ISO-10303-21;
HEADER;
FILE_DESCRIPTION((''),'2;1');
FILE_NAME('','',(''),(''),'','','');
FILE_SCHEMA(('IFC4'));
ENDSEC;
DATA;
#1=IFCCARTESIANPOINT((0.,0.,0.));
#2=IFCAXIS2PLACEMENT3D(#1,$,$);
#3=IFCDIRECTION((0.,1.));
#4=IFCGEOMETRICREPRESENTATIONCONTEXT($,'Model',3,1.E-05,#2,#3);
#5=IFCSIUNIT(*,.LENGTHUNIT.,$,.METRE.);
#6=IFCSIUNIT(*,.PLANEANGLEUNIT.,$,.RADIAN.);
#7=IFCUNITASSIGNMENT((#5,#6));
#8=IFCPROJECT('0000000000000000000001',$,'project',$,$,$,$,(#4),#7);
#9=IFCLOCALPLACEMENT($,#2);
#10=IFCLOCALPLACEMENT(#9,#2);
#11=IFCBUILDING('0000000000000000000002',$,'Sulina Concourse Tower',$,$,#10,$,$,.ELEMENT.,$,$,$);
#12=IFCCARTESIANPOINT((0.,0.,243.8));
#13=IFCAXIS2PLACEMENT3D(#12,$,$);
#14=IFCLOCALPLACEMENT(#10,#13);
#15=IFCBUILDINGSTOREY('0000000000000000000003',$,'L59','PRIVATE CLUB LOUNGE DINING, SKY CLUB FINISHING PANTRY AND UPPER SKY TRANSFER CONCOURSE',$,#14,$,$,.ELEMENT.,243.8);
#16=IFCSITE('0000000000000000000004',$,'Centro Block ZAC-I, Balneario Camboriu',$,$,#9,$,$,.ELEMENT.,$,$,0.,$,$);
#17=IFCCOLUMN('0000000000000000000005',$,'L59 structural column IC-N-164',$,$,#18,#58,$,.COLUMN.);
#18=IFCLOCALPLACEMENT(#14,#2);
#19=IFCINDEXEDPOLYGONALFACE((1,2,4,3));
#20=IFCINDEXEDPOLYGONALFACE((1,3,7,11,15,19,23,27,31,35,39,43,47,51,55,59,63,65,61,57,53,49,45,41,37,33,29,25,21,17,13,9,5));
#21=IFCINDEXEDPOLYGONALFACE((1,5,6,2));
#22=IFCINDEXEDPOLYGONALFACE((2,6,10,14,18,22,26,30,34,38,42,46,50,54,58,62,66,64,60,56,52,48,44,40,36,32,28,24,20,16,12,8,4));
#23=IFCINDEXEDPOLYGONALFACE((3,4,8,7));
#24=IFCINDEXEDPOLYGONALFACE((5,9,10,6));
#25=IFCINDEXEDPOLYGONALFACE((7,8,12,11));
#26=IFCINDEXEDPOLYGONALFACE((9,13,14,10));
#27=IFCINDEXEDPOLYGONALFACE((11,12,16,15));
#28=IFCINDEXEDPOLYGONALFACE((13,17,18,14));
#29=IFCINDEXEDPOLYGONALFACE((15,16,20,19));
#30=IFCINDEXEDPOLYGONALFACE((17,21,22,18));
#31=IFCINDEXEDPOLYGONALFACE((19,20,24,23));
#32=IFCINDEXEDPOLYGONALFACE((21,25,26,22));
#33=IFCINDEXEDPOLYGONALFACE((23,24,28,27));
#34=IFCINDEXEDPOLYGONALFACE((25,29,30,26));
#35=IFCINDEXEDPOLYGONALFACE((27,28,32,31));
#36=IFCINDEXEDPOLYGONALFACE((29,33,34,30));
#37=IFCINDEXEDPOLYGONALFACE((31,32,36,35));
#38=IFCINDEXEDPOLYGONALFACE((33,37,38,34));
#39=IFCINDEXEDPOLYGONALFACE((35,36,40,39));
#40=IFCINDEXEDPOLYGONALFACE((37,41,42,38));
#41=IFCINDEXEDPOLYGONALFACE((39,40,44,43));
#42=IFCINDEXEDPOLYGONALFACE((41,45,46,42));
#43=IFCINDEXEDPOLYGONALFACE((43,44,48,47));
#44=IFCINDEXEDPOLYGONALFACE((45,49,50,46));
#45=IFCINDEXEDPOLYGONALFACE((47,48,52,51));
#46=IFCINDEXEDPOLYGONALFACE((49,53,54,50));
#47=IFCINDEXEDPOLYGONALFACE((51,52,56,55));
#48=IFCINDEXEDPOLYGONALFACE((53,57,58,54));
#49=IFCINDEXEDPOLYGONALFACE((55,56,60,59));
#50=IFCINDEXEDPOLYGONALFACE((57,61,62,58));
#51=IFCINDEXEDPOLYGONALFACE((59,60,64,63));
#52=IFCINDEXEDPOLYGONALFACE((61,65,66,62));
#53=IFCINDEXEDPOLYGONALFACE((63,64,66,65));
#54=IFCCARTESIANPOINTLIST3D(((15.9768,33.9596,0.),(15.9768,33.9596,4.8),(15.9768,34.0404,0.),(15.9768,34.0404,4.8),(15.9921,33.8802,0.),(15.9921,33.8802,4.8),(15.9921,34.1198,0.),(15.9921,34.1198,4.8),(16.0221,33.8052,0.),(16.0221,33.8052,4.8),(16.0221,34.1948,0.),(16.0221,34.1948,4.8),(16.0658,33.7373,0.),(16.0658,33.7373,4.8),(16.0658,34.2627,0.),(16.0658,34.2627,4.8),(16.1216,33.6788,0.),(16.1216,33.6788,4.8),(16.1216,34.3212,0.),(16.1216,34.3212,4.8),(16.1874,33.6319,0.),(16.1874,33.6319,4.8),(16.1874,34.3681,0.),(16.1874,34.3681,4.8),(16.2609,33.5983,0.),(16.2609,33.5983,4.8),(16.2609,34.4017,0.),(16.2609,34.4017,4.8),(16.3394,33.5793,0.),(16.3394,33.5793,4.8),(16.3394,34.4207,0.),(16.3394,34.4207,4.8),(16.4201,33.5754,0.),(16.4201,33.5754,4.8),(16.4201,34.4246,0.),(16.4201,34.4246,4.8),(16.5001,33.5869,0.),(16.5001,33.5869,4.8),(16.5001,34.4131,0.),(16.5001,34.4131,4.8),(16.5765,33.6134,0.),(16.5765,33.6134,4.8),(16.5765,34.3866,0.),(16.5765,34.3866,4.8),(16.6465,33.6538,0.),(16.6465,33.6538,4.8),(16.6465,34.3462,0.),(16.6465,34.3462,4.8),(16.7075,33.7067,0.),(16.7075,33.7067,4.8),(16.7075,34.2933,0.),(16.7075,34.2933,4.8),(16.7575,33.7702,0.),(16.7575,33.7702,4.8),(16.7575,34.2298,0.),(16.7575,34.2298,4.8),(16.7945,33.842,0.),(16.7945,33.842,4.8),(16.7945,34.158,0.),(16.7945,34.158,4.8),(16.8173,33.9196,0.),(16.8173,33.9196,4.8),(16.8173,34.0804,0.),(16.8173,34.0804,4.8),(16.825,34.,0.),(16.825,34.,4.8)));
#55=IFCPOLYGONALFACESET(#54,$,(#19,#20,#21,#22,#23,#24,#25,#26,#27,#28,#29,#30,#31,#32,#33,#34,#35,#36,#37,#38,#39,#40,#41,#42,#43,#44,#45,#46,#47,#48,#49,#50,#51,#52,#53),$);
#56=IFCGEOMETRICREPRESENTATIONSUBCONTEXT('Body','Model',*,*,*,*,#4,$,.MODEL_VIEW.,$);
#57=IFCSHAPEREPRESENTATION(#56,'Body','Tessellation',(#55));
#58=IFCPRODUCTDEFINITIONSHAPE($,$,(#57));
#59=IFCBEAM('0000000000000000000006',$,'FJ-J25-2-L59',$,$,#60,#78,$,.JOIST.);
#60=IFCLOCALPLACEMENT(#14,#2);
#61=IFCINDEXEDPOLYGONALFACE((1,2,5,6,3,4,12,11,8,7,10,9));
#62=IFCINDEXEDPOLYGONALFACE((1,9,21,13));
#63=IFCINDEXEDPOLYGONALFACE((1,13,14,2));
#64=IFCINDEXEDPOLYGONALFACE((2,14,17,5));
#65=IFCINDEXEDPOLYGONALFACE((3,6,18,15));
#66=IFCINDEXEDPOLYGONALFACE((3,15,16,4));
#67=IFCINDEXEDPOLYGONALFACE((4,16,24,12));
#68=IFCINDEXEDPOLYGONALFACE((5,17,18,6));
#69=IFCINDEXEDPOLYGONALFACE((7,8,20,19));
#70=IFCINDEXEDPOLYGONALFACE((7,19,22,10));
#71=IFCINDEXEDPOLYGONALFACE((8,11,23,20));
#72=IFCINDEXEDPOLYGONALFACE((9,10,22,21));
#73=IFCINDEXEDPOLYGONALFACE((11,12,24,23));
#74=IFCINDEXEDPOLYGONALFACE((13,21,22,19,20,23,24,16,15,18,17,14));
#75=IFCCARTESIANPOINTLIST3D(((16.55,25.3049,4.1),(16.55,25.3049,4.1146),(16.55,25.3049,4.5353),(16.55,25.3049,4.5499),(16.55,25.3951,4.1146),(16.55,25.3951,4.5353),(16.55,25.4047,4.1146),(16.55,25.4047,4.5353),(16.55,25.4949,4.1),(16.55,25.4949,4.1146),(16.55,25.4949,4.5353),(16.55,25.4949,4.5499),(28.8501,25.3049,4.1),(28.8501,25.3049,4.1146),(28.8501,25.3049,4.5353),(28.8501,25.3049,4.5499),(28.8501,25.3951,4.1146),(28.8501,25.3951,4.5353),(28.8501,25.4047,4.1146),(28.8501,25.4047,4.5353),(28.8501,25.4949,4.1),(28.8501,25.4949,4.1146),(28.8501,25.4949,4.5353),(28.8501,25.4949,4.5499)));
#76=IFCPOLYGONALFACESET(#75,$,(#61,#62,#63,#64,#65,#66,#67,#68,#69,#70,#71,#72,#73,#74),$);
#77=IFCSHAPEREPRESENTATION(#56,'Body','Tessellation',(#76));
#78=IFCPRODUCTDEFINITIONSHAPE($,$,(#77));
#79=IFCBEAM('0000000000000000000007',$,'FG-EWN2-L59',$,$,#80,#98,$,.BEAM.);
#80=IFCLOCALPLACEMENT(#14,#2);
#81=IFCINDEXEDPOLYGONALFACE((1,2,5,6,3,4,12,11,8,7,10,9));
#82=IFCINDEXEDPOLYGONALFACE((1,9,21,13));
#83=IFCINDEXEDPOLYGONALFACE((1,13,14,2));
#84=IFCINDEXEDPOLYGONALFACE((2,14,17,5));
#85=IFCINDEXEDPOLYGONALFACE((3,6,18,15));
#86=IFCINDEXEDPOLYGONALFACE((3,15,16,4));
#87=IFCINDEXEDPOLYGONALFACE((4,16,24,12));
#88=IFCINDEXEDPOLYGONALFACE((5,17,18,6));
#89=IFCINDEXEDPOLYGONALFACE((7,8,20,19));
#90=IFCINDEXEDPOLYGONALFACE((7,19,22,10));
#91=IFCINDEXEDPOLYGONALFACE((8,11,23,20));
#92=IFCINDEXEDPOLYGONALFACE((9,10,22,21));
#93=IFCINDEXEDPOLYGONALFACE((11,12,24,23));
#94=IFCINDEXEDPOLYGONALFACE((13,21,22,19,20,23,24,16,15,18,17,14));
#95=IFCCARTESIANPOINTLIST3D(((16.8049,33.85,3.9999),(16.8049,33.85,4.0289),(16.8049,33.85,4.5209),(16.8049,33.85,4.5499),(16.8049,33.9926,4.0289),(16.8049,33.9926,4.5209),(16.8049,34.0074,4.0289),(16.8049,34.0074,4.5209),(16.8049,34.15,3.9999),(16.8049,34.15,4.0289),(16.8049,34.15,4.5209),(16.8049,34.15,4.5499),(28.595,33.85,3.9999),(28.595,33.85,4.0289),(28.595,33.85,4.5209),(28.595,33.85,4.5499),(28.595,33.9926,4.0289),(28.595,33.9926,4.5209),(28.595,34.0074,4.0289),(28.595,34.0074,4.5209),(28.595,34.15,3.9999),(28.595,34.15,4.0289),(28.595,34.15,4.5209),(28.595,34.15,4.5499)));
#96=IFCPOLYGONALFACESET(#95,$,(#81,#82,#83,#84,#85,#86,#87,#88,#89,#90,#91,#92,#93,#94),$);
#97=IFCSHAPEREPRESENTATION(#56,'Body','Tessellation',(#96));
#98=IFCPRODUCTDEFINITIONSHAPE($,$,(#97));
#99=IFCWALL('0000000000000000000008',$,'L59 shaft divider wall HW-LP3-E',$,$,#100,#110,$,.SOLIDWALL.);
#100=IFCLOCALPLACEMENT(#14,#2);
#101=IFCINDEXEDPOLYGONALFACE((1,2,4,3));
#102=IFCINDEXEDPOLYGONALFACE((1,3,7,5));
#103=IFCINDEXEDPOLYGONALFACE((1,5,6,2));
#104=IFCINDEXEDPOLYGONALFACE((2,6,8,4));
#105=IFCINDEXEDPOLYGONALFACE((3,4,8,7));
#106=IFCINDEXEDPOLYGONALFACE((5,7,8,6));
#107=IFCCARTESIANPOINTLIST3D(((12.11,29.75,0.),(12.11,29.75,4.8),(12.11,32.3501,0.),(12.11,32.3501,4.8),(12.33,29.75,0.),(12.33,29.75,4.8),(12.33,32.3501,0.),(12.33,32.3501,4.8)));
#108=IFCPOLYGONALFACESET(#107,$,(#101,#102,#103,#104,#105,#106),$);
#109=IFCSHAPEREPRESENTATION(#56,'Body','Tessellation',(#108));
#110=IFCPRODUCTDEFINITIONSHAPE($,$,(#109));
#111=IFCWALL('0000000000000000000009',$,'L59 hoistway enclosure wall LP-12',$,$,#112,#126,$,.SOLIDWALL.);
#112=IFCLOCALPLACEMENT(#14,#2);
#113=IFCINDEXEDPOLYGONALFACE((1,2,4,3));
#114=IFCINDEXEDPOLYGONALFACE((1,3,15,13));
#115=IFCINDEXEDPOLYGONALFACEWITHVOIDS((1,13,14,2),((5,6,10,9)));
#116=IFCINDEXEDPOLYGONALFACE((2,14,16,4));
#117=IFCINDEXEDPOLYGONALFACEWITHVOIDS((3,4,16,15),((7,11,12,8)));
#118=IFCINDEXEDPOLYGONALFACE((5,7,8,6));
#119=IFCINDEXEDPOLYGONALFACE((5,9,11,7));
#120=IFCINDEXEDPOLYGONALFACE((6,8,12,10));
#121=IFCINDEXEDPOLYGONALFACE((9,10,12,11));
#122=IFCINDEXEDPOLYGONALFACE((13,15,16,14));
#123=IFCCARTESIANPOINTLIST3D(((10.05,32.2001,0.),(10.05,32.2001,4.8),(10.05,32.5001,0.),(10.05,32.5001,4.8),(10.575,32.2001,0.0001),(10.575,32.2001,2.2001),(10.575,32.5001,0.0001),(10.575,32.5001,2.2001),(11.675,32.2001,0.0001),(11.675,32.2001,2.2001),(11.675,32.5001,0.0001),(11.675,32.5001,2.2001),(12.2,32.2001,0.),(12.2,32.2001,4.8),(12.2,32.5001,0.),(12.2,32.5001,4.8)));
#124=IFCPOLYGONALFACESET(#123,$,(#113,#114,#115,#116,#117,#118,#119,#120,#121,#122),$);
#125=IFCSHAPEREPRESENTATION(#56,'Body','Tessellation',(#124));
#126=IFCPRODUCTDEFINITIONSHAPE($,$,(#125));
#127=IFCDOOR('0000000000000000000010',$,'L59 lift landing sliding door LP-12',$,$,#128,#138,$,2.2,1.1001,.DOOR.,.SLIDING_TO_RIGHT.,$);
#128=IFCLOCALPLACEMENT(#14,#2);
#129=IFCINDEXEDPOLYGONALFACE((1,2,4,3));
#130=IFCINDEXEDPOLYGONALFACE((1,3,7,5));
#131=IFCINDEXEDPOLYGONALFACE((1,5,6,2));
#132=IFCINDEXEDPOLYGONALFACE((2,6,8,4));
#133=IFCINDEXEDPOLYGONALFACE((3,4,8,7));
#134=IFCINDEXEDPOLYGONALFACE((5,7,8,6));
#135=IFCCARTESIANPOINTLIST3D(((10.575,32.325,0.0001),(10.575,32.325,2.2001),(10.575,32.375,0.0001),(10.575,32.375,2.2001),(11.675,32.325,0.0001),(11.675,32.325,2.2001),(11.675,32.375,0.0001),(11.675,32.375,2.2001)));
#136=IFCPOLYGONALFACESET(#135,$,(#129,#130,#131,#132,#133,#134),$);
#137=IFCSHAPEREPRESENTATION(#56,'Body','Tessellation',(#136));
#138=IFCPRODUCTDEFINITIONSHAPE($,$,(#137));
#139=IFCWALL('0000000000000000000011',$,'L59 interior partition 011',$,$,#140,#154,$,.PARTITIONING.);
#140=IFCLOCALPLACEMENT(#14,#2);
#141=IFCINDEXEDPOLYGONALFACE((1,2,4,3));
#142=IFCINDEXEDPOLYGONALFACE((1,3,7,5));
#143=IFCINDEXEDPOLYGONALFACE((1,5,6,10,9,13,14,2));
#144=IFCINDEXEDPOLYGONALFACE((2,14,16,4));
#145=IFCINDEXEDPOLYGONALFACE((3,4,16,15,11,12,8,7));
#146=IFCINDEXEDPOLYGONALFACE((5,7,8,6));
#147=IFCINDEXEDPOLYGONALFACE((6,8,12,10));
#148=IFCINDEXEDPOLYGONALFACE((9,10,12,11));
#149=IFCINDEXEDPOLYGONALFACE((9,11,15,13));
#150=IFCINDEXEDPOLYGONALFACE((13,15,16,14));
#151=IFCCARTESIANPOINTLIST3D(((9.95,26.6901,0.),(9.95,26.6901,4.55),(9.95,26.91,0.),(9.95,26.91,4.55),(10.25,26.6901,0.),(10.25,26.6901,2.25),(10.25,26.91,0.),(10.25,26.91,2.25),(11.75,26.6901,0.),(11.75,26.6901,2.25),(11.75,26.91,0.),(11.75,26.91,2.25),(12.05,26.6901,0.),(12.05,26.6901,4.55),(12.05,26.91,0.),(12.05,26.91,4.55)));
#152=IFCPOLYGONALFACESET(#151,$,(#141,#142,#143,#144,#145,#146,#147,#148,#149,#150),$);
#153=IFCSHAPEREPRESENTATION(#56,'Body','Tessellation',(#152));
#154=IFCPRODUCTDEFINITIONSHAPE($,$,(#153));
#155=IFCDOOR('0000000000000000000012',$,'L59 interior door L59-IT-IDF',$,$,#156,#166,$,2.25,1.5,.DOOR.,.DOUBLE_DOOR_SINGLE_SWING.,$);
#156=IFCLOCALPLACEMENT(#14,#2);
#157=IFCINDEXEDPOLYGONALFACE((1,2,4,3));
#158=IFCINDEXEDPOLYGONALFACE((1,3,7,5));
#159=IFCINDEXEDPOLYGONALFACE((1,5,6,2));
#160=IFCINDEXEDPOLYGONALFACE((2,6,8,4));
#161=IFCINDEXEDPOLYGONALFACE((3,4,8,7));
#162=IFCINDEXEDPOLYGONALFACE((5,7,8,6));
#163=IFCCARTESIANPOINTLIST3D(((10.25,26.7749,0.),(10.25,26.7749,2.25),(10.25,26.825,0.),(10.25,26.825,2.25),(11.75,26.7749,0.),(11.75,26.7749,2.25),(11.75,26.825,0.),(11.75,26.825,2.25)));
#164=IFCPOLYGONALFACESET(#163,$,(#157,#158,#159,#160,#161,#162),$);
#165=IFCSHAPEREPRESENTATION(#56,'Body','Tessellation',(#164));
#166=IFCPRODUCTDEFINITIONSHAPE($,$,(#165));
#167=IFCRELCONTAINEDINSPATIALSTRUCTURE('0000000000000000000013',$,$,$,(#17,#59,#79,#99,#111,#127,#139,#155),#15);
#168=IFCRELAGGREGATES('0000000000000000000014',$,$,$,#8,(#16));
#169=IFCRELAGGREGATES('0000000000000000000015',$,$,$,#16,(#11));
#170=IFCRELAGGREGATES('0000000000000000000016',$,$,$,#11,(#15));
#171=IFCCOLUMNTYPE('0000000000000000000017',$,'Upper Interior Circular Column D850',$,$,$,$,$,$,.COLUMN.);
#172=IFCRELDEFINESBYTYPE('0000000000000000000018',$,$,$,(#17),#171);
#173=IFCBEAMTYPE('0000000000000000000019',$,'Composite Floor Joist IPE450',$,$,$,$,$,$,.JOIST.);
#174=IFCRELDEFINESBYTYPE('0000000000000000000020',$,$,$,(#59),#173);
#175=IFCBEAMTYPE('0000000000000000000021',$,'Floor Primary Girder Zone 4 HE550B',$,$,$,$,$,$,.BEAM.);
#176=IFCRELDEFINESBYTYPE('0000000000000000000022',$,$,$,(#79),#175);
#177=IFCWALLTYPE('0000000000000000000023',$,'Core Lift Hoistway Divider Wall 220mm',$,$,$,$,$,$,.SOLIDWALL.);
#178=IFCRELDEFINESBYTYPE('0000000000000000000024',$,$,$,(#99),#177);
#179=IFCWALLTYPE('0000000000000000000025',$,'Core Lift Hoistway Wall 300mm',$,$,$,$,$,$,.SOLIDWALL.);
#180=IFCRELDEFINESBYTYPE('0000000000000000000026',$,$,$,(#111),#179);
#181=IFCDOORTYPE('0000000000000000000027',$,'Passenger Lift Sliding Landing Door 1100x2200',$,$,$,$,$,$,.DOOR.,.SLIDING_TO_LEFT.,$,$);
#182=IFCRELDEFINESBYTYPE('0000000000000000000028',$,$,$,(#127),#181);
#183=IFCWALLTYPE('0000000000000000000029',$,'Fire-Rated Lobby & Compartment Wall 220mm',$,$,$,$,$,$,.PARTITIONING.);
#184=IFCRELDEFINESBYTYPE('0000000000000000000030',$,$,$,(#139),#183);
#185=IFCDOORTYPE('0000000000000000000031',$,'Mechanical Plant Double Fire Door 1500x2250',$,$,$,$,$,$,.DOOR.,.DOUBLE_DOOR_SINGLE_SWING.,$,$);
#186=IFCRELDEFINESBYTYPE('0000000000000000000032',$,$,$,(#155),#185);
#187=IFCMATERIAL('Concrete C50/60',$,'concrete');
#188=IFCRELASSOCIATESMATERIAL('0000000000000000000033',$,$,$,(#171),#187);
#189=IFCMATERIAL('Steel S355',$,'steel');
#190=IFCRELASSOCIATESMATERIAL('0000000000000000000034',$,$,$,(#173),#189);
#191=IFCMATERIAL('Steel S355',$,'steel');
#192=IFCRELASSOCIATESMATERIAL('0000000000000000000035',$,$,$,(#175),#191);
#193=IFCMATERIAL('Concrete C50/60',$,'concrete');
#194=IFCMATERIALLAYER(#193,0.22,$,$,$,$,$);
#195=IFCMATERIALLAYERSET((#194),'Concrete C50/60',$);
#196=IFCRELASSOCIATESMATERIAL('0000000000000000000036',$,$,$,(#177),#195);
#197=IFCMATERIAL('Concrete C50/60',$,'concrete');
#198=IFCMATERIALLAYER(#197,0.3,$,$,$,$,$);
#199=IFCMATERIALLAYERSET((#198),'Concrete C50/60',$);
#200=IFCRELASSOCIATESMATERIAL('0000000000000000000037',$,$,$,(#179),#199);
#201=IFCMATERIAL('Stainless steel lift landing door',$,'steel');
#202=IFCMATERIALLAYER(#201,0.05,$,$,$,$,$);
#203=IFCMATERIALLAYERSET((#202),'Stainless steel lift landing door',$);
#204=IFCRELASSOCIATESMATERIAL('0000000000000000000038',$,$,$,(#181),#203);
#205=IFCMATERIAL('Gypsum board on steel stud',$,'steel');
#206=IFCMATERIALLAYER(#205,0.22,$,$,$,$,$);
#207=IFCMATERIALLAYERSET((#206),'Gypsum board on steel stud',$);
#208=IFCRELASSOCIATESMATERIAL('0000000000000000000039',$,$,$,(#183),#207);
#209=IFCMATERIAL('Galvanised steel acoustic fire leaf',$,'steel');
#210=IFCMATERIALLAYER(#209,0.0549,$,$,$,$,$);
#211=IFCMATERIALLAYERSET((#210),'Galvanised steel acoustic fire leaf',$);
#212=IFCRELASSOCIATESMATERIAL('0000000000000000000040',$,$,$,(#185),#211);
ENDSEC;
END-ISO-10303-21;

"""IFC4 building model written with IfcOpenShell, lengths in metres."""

from ifc_helpers import new_model, si_unit, direction, frame, frame_2d, origin, origin_2d, place, context, subcontext, project, spatial, rectangle, circle, i_section, extrude, material, layer, layer_set, material_profile, profile_set, type_object, element, fill, save


model = new_model("IFC4")

# Units and contexts
model_context = context("Model", 3, precision=1e-05, world=origin(), true_north=direction((0.0, 1.0)))
body_context = subcontext(model_context, "Body", "Model", "MODEL_VIEW")
ifc_project = project(units=[si_unit("LENGTHUNIT", "METRE"), si_unit("PLANEANGLEUNIT", "RADIAN")], contexts=[model_context])

# Site, building, storey
site_placement = place(None, origin())
site = spatial("IfcSite", under=ifc_project, at=site_placement, Name="Centro Block ZAC-I, Balneario Camboriu", CompositionType="ELEMENT", RefElevation=0.0)
building_placement = place(site_placement, origin())
building = spatial("IfcBuilding", under=site, at=building_placement, Name="Sulina Concourse Tower", CompositionType="ELEMENT")
storey_placement = place(building_placement, frame((0.0, 0.0, 243.8)))
storey = spatial("IfcBuildingStorey", under=building, at=storey_placement, Name="L59", Description="PRIVATE CLUB LOUNGE DINING, SKY CLUB FINISHING PANTRY AND UPPER SKY TRANSFER CONCOURSE", CompositionType="ELEMENT", Elevation=243.8)

# Column
ifc_material_1 = material(Name="Concrete C50/60", Category="concrete")
ifc_material_profile_1 = material_profile(ifc_material_1, circle(Radius=0.425, at=origin_2d()), Name="RC D850")
ifc_profile_set_1 = profile_set([ifc_material_profile_1], Name="Concrete C50/60")
column_type = type_object("IfcColumnType", Name="Upper Interior Circular Column D850", PredefinedType="COLUMN", material=ifc_profile_set_1)
column_placement = place(storey_placement, frame((16.3999, 34.0, 0.0), z_axis=(0.0, 0.0, 1.0), x_axis=(1.0, 0.0, 0.0)))
element("IfcColumn", 1, at=column_placement, inside=storey, type_object=column_type, Name="L59 structural column IC-N-164", PredefinedType="COLUMN", context=body_context, shape_type="SweptSolid", body=[
    extrude(circle(Radius=0.425, at=origin_2d()), origin(), (0.0, 0.0, 1.0), 4.8),
])

# Beams
ifc_material_2 = material(Name="Steel S355", Category="steel")
ifc_material_profile_2 = material_profile(ifc_material_2, i_section(OverallWidth=0.1899, OverallDepth=0.45, WebThickness=0.0095, FlangeThickness=0.0146, at=origin_2d()), Name="IPE 450")
ifc_profile_set_2 = profile_set([ifc_material_profile_2], Name="Steel S355")
beam_type_1 = type_object("IfcBeamType", Name="Composite Floor Joist IPE450", PredefinedType="JOIST", material=ifc_profile_set_2)
beam_1_placement = place(storey_placement, frame((16.55, 25.3999, 4.325), z_axis=(1.0, 0.0, 0.0), x_axis=(0.0, 1.0, 0.0)))
element("IfcBeam", 2, at=beam_1_placement, inside=storey, type_object=beam_type_1, Name="FJ-J25-2-L59", PredefinedType="JOIST", context=body_context, shape_type="SweptSolid", body=[
    extrude(i_section(OverallWidth=0.1899, OverallDepth=0.45, WebThickness=0.0095, FlangeThickness=0.0146, at=origin_2d()), origin(), (0.0, 0.0, 1.0), 12.3),
])
ifc_material_3 = material(Name="Steel S355", Category="steel")
ifc_material_profile_3 = material_profile(ifc_material_3, i_section(OverallWidth=0.3, OverallDepth=0.55, WebThickness=0.0149, FlangeThickness=0.0291, at=origin_2d()), Name="HE 550 B")
ifc_profile_set_3 = profile_set([ifc_material_profile_3], Name="Steel S355")
beam_type_2 = type_object("IfcBeamType", Name="Floor Primary Girder Zone 4 HE550B", PredefinedType="BEAM", material=ifc_profile_set_3)
beam_2_placement = place(storey_placement, frame((16.8049, 34.0, 4.2749), z_axis=(1.0, 0.0, 0.0), x_axis=(0.0, 1.0, 0.0)))
element("IfcBeam", 3, at=beam_2_placement, inside=storey, type_object=beam_type_2, Name="FG-EWN2-L59", PredefinedType="BEAM", context=body_context, shape_type="SweptSolid", body=[
    extrude(i_section(OverallWidth=0.3, OverallDepth=0.55, WebThickness=0.0149, FlangeThickness=0.0291, at=origin_2d()), origin(), (0.0, 0.0, 1.0), 11.79),
])

# Wall
ifc_material_4 = material(Name="Concrete C50/60", Category="concrete")
ifc_layer_1 = layer(ifc_material_4, 0.22)
ifc_layer_set_1 = layer_set([ifc_layer_1], Name="Concrete C50/60")
wall_type_1 = type_object("IfcWallType", Name="Core Lift Hoistway Divider Wall 220mm", PredefinedType="SOLIDWALL", material=ifc_layer_set_1)
wall_1_placement = place(storey_placement, frame((12.22, 29.75, 0.0), z_axis=(0.0, 0.0, 1.0), x_axis=(0.0, 1.0, 0.0)))
element("IfcWall", 4, at=wall_1_placement, inside=storey, type_object=wall_type_1, Name="L59 shaft divider wall HW-LP3-E", PredefinedType="SOLIDWALL", context=body_context, shape_type="SweptSolid", body=[
    extrude(rectangle(XDim=2.6001, YDim=0.22, at=frame_2d((1.3, 0.0))), origin(), (0.0, 0.0, 1.0), 4.8),
])

# Walls, openings, doors
ifc_material_5 = material(Name="Concrete C50/60", Category="concrete")
ifc_layer_2 = layer(ifc_material_5, 0.3)
ifc_layer_set_2 = layer_set([ifc_layer_2], Name="Concrete C50/60")
wall_type_2 = type_object("IfcWallType", Name="Core Lift Hoistway Wall 300mm", PredefinedType="SOLIDWALL", material=ifc_layer_set_2)
wall_2_placement = place(storey_placement, frame((10.05, 32.3501, 0.0), z_axis=(0.0, 0.0, 1.0), x_axis=(1.0, 0.0, 0.0)))
wall_2 = element("IfcWall", 5, at=wall_2_placement, inside=storey, type_object=wall_type_2, Name="L59 hoistway enclosure wall LP-12", PredefinedType="SOLIDWALL", context=body_context, shape_type="SweptSolid", body=[
    extrude(rectangle(XDim=2.1499, YDim=0.3, at=frame_2d((1.075, 0.0))), origin(), (0.0, 0.0, 1.0), 4.8),
])
opening_1_placement = place(wall_2_placement, frame((0.5249, 0.0, 0.0)))
opening_1 = element("IfcOpeningElement", 6, at=opening_1_placement, cuts=wall_2, PredefinedType="OPENING", context=body_context, shape_type="SweptSolid", body=[
    extrude(rectangle(XDim=1.1001, YDim=2.2, at=frame_2d((0.55, 1.1001))), frame((0.0, 0.1599, 0.0), z_axis=(0.0, -1.0, 0.0), x_axis=(1.0, 0.0, 0.0)), (0.0, 0.0, 1.0), 0.3201),
])
ifc_material_6 = material(Name="Stainless steel lift landing door", Category="steel")
ifc_layer_3 = layer(ifc_material_6, 0.05)
ifc_layer_set_3 = layer_set([ifc_layer_3], Name="Stainless steel lift landing door")
door_type_1 = type_object("IfcDoorType", Name="Passenger Lift Sliding Landing Door 1100x2200", OperationType="SLIDING_TO_LEFT", PredefinedType="DOOR", material=ifc_layer_set_3)
door_1_placement = place(opening_1_placement, origin())
door_1 = element("IfcDoor", 7, at=door_1_placement, inside=storey, type_object=door_type_1, Name="L59 lift landing sliding door LP-12", OperationType="SLIDING_TO_RIGHT", OverallHeight=2.2, OverallWidth=1.1001, PredefinedType="DOOR", context=body_context, shape_type="SweptSolid", body=[
    extrude(rectangle(XDim=1.1001, YDim=2.2, at=frame_2d((0.55, 1.1001))), frame((0.0, 0.0249, 0.0), z_axis=(0.0, -1.0, 0.0), x_axis=(1.0, 0.0, 0.0)), (0.0, 0.0, 1.0), 0.05),
])
fill(opening_1, door_1)
ifc_material_7 = material(Name="Gypsum board on steel stud", Category="steel")
ifc_layer_4 = layer(ifc_material_7, 0.22)
ifc_layer_set_4 = layer_set([ifc_layer_4], Name="Gypsum board on steel stud")
wall_type_3 = type_object("IfcWallType", Name="Fire-Rated Lobby & Compartment Wall 220mm", PredefinedType="PARTITIONING", material=ifc_layer_set_4)
wall_3_placement = place(storey_placement, frame((9.95, 26.8, 0.0), z_axis=(0.0, 0.0, 1.0), x_axis=(1.0, 0.0, 0.0)))
wall_3 = element("IfcWall", 8, at=wall_3_placement, inside=storey, type_object=wall_type_3, Name="L59 interior partition 011", PredefinedType="PARTITIONING", context=body_context, shape_type="SweptSolid", body=[
    extrude(rectangle(XDim=2.1001, YDim=0.22, at=frame_2d((1.05, 0.0))), origin(), (0.0, 0.0, 1.0), 4.55),
])
opening_2_placement = place(wall_3_placement, frame((0.3, 0.0, 0.0)))
opening_2 = element("IfcOpeningElement", 9, at=opening_2_placement, cuts=wall_3, PredefinedType="OPENING", context=body_context, shape_type="SweptSolid", body=[
    extrude(rectangle(XDim=1.5, YDim=2.25, at=frame_2d((0.75, 1.125))), frame((0.0, 0.1199, 0.0), z_axis=(0.0, -1.0, 0.0), x_axis=(1.0, 0.0, 0.0)), (0.0, 0.0, 1.0), 0.24),
])
ifc_material_8 = material(Name="Galvanised steel acoustic fire leaf", Category="steel")
ifc_layer_5 = layer(ifc_material_8, 0.0549)
ifc_layer_set_5 = layer_set([ifc_layer_5], Name="Galvanised steel acoustic fire leaf")
door_type_2 = type_object("IfcDoorType", Name="Mechanical Plant Double Fire Door 1500x2250", OperationType="DOUBLE_DOOR_SINGLE_SWING", PredefinedType="DOOR", material=ifc_layer_set_5)
door_2_placement = place(opening_2_placement, origin())
door_2 = element("IfcDoor", 10, at=door_2_placement, inside=storey, type_object=door_type_2, Name="L59 interior door L59-IT-IDF", OperationType="DOUBLE_DOOR_SINGLE_SWING", OverallHeight=2.25, OverallWidth=1.5, PredefinedType="DOOR", context=body_context, shape_type="SweptSolid", body=[
    extrude(rectangle(XDim=1.5, YDim=2.25, at=frame_2d((0.75, 1.125))), frame((0.0, 0.0249, 0.0), z_axis=(0.0, -1.0, 0.0), x_axis=(1.0, 0.0, 0.0)), (0.0, 0.0, 1.0), 0.05),
])
fill(opening_2, door_2)

save(model, "model.ifc")
